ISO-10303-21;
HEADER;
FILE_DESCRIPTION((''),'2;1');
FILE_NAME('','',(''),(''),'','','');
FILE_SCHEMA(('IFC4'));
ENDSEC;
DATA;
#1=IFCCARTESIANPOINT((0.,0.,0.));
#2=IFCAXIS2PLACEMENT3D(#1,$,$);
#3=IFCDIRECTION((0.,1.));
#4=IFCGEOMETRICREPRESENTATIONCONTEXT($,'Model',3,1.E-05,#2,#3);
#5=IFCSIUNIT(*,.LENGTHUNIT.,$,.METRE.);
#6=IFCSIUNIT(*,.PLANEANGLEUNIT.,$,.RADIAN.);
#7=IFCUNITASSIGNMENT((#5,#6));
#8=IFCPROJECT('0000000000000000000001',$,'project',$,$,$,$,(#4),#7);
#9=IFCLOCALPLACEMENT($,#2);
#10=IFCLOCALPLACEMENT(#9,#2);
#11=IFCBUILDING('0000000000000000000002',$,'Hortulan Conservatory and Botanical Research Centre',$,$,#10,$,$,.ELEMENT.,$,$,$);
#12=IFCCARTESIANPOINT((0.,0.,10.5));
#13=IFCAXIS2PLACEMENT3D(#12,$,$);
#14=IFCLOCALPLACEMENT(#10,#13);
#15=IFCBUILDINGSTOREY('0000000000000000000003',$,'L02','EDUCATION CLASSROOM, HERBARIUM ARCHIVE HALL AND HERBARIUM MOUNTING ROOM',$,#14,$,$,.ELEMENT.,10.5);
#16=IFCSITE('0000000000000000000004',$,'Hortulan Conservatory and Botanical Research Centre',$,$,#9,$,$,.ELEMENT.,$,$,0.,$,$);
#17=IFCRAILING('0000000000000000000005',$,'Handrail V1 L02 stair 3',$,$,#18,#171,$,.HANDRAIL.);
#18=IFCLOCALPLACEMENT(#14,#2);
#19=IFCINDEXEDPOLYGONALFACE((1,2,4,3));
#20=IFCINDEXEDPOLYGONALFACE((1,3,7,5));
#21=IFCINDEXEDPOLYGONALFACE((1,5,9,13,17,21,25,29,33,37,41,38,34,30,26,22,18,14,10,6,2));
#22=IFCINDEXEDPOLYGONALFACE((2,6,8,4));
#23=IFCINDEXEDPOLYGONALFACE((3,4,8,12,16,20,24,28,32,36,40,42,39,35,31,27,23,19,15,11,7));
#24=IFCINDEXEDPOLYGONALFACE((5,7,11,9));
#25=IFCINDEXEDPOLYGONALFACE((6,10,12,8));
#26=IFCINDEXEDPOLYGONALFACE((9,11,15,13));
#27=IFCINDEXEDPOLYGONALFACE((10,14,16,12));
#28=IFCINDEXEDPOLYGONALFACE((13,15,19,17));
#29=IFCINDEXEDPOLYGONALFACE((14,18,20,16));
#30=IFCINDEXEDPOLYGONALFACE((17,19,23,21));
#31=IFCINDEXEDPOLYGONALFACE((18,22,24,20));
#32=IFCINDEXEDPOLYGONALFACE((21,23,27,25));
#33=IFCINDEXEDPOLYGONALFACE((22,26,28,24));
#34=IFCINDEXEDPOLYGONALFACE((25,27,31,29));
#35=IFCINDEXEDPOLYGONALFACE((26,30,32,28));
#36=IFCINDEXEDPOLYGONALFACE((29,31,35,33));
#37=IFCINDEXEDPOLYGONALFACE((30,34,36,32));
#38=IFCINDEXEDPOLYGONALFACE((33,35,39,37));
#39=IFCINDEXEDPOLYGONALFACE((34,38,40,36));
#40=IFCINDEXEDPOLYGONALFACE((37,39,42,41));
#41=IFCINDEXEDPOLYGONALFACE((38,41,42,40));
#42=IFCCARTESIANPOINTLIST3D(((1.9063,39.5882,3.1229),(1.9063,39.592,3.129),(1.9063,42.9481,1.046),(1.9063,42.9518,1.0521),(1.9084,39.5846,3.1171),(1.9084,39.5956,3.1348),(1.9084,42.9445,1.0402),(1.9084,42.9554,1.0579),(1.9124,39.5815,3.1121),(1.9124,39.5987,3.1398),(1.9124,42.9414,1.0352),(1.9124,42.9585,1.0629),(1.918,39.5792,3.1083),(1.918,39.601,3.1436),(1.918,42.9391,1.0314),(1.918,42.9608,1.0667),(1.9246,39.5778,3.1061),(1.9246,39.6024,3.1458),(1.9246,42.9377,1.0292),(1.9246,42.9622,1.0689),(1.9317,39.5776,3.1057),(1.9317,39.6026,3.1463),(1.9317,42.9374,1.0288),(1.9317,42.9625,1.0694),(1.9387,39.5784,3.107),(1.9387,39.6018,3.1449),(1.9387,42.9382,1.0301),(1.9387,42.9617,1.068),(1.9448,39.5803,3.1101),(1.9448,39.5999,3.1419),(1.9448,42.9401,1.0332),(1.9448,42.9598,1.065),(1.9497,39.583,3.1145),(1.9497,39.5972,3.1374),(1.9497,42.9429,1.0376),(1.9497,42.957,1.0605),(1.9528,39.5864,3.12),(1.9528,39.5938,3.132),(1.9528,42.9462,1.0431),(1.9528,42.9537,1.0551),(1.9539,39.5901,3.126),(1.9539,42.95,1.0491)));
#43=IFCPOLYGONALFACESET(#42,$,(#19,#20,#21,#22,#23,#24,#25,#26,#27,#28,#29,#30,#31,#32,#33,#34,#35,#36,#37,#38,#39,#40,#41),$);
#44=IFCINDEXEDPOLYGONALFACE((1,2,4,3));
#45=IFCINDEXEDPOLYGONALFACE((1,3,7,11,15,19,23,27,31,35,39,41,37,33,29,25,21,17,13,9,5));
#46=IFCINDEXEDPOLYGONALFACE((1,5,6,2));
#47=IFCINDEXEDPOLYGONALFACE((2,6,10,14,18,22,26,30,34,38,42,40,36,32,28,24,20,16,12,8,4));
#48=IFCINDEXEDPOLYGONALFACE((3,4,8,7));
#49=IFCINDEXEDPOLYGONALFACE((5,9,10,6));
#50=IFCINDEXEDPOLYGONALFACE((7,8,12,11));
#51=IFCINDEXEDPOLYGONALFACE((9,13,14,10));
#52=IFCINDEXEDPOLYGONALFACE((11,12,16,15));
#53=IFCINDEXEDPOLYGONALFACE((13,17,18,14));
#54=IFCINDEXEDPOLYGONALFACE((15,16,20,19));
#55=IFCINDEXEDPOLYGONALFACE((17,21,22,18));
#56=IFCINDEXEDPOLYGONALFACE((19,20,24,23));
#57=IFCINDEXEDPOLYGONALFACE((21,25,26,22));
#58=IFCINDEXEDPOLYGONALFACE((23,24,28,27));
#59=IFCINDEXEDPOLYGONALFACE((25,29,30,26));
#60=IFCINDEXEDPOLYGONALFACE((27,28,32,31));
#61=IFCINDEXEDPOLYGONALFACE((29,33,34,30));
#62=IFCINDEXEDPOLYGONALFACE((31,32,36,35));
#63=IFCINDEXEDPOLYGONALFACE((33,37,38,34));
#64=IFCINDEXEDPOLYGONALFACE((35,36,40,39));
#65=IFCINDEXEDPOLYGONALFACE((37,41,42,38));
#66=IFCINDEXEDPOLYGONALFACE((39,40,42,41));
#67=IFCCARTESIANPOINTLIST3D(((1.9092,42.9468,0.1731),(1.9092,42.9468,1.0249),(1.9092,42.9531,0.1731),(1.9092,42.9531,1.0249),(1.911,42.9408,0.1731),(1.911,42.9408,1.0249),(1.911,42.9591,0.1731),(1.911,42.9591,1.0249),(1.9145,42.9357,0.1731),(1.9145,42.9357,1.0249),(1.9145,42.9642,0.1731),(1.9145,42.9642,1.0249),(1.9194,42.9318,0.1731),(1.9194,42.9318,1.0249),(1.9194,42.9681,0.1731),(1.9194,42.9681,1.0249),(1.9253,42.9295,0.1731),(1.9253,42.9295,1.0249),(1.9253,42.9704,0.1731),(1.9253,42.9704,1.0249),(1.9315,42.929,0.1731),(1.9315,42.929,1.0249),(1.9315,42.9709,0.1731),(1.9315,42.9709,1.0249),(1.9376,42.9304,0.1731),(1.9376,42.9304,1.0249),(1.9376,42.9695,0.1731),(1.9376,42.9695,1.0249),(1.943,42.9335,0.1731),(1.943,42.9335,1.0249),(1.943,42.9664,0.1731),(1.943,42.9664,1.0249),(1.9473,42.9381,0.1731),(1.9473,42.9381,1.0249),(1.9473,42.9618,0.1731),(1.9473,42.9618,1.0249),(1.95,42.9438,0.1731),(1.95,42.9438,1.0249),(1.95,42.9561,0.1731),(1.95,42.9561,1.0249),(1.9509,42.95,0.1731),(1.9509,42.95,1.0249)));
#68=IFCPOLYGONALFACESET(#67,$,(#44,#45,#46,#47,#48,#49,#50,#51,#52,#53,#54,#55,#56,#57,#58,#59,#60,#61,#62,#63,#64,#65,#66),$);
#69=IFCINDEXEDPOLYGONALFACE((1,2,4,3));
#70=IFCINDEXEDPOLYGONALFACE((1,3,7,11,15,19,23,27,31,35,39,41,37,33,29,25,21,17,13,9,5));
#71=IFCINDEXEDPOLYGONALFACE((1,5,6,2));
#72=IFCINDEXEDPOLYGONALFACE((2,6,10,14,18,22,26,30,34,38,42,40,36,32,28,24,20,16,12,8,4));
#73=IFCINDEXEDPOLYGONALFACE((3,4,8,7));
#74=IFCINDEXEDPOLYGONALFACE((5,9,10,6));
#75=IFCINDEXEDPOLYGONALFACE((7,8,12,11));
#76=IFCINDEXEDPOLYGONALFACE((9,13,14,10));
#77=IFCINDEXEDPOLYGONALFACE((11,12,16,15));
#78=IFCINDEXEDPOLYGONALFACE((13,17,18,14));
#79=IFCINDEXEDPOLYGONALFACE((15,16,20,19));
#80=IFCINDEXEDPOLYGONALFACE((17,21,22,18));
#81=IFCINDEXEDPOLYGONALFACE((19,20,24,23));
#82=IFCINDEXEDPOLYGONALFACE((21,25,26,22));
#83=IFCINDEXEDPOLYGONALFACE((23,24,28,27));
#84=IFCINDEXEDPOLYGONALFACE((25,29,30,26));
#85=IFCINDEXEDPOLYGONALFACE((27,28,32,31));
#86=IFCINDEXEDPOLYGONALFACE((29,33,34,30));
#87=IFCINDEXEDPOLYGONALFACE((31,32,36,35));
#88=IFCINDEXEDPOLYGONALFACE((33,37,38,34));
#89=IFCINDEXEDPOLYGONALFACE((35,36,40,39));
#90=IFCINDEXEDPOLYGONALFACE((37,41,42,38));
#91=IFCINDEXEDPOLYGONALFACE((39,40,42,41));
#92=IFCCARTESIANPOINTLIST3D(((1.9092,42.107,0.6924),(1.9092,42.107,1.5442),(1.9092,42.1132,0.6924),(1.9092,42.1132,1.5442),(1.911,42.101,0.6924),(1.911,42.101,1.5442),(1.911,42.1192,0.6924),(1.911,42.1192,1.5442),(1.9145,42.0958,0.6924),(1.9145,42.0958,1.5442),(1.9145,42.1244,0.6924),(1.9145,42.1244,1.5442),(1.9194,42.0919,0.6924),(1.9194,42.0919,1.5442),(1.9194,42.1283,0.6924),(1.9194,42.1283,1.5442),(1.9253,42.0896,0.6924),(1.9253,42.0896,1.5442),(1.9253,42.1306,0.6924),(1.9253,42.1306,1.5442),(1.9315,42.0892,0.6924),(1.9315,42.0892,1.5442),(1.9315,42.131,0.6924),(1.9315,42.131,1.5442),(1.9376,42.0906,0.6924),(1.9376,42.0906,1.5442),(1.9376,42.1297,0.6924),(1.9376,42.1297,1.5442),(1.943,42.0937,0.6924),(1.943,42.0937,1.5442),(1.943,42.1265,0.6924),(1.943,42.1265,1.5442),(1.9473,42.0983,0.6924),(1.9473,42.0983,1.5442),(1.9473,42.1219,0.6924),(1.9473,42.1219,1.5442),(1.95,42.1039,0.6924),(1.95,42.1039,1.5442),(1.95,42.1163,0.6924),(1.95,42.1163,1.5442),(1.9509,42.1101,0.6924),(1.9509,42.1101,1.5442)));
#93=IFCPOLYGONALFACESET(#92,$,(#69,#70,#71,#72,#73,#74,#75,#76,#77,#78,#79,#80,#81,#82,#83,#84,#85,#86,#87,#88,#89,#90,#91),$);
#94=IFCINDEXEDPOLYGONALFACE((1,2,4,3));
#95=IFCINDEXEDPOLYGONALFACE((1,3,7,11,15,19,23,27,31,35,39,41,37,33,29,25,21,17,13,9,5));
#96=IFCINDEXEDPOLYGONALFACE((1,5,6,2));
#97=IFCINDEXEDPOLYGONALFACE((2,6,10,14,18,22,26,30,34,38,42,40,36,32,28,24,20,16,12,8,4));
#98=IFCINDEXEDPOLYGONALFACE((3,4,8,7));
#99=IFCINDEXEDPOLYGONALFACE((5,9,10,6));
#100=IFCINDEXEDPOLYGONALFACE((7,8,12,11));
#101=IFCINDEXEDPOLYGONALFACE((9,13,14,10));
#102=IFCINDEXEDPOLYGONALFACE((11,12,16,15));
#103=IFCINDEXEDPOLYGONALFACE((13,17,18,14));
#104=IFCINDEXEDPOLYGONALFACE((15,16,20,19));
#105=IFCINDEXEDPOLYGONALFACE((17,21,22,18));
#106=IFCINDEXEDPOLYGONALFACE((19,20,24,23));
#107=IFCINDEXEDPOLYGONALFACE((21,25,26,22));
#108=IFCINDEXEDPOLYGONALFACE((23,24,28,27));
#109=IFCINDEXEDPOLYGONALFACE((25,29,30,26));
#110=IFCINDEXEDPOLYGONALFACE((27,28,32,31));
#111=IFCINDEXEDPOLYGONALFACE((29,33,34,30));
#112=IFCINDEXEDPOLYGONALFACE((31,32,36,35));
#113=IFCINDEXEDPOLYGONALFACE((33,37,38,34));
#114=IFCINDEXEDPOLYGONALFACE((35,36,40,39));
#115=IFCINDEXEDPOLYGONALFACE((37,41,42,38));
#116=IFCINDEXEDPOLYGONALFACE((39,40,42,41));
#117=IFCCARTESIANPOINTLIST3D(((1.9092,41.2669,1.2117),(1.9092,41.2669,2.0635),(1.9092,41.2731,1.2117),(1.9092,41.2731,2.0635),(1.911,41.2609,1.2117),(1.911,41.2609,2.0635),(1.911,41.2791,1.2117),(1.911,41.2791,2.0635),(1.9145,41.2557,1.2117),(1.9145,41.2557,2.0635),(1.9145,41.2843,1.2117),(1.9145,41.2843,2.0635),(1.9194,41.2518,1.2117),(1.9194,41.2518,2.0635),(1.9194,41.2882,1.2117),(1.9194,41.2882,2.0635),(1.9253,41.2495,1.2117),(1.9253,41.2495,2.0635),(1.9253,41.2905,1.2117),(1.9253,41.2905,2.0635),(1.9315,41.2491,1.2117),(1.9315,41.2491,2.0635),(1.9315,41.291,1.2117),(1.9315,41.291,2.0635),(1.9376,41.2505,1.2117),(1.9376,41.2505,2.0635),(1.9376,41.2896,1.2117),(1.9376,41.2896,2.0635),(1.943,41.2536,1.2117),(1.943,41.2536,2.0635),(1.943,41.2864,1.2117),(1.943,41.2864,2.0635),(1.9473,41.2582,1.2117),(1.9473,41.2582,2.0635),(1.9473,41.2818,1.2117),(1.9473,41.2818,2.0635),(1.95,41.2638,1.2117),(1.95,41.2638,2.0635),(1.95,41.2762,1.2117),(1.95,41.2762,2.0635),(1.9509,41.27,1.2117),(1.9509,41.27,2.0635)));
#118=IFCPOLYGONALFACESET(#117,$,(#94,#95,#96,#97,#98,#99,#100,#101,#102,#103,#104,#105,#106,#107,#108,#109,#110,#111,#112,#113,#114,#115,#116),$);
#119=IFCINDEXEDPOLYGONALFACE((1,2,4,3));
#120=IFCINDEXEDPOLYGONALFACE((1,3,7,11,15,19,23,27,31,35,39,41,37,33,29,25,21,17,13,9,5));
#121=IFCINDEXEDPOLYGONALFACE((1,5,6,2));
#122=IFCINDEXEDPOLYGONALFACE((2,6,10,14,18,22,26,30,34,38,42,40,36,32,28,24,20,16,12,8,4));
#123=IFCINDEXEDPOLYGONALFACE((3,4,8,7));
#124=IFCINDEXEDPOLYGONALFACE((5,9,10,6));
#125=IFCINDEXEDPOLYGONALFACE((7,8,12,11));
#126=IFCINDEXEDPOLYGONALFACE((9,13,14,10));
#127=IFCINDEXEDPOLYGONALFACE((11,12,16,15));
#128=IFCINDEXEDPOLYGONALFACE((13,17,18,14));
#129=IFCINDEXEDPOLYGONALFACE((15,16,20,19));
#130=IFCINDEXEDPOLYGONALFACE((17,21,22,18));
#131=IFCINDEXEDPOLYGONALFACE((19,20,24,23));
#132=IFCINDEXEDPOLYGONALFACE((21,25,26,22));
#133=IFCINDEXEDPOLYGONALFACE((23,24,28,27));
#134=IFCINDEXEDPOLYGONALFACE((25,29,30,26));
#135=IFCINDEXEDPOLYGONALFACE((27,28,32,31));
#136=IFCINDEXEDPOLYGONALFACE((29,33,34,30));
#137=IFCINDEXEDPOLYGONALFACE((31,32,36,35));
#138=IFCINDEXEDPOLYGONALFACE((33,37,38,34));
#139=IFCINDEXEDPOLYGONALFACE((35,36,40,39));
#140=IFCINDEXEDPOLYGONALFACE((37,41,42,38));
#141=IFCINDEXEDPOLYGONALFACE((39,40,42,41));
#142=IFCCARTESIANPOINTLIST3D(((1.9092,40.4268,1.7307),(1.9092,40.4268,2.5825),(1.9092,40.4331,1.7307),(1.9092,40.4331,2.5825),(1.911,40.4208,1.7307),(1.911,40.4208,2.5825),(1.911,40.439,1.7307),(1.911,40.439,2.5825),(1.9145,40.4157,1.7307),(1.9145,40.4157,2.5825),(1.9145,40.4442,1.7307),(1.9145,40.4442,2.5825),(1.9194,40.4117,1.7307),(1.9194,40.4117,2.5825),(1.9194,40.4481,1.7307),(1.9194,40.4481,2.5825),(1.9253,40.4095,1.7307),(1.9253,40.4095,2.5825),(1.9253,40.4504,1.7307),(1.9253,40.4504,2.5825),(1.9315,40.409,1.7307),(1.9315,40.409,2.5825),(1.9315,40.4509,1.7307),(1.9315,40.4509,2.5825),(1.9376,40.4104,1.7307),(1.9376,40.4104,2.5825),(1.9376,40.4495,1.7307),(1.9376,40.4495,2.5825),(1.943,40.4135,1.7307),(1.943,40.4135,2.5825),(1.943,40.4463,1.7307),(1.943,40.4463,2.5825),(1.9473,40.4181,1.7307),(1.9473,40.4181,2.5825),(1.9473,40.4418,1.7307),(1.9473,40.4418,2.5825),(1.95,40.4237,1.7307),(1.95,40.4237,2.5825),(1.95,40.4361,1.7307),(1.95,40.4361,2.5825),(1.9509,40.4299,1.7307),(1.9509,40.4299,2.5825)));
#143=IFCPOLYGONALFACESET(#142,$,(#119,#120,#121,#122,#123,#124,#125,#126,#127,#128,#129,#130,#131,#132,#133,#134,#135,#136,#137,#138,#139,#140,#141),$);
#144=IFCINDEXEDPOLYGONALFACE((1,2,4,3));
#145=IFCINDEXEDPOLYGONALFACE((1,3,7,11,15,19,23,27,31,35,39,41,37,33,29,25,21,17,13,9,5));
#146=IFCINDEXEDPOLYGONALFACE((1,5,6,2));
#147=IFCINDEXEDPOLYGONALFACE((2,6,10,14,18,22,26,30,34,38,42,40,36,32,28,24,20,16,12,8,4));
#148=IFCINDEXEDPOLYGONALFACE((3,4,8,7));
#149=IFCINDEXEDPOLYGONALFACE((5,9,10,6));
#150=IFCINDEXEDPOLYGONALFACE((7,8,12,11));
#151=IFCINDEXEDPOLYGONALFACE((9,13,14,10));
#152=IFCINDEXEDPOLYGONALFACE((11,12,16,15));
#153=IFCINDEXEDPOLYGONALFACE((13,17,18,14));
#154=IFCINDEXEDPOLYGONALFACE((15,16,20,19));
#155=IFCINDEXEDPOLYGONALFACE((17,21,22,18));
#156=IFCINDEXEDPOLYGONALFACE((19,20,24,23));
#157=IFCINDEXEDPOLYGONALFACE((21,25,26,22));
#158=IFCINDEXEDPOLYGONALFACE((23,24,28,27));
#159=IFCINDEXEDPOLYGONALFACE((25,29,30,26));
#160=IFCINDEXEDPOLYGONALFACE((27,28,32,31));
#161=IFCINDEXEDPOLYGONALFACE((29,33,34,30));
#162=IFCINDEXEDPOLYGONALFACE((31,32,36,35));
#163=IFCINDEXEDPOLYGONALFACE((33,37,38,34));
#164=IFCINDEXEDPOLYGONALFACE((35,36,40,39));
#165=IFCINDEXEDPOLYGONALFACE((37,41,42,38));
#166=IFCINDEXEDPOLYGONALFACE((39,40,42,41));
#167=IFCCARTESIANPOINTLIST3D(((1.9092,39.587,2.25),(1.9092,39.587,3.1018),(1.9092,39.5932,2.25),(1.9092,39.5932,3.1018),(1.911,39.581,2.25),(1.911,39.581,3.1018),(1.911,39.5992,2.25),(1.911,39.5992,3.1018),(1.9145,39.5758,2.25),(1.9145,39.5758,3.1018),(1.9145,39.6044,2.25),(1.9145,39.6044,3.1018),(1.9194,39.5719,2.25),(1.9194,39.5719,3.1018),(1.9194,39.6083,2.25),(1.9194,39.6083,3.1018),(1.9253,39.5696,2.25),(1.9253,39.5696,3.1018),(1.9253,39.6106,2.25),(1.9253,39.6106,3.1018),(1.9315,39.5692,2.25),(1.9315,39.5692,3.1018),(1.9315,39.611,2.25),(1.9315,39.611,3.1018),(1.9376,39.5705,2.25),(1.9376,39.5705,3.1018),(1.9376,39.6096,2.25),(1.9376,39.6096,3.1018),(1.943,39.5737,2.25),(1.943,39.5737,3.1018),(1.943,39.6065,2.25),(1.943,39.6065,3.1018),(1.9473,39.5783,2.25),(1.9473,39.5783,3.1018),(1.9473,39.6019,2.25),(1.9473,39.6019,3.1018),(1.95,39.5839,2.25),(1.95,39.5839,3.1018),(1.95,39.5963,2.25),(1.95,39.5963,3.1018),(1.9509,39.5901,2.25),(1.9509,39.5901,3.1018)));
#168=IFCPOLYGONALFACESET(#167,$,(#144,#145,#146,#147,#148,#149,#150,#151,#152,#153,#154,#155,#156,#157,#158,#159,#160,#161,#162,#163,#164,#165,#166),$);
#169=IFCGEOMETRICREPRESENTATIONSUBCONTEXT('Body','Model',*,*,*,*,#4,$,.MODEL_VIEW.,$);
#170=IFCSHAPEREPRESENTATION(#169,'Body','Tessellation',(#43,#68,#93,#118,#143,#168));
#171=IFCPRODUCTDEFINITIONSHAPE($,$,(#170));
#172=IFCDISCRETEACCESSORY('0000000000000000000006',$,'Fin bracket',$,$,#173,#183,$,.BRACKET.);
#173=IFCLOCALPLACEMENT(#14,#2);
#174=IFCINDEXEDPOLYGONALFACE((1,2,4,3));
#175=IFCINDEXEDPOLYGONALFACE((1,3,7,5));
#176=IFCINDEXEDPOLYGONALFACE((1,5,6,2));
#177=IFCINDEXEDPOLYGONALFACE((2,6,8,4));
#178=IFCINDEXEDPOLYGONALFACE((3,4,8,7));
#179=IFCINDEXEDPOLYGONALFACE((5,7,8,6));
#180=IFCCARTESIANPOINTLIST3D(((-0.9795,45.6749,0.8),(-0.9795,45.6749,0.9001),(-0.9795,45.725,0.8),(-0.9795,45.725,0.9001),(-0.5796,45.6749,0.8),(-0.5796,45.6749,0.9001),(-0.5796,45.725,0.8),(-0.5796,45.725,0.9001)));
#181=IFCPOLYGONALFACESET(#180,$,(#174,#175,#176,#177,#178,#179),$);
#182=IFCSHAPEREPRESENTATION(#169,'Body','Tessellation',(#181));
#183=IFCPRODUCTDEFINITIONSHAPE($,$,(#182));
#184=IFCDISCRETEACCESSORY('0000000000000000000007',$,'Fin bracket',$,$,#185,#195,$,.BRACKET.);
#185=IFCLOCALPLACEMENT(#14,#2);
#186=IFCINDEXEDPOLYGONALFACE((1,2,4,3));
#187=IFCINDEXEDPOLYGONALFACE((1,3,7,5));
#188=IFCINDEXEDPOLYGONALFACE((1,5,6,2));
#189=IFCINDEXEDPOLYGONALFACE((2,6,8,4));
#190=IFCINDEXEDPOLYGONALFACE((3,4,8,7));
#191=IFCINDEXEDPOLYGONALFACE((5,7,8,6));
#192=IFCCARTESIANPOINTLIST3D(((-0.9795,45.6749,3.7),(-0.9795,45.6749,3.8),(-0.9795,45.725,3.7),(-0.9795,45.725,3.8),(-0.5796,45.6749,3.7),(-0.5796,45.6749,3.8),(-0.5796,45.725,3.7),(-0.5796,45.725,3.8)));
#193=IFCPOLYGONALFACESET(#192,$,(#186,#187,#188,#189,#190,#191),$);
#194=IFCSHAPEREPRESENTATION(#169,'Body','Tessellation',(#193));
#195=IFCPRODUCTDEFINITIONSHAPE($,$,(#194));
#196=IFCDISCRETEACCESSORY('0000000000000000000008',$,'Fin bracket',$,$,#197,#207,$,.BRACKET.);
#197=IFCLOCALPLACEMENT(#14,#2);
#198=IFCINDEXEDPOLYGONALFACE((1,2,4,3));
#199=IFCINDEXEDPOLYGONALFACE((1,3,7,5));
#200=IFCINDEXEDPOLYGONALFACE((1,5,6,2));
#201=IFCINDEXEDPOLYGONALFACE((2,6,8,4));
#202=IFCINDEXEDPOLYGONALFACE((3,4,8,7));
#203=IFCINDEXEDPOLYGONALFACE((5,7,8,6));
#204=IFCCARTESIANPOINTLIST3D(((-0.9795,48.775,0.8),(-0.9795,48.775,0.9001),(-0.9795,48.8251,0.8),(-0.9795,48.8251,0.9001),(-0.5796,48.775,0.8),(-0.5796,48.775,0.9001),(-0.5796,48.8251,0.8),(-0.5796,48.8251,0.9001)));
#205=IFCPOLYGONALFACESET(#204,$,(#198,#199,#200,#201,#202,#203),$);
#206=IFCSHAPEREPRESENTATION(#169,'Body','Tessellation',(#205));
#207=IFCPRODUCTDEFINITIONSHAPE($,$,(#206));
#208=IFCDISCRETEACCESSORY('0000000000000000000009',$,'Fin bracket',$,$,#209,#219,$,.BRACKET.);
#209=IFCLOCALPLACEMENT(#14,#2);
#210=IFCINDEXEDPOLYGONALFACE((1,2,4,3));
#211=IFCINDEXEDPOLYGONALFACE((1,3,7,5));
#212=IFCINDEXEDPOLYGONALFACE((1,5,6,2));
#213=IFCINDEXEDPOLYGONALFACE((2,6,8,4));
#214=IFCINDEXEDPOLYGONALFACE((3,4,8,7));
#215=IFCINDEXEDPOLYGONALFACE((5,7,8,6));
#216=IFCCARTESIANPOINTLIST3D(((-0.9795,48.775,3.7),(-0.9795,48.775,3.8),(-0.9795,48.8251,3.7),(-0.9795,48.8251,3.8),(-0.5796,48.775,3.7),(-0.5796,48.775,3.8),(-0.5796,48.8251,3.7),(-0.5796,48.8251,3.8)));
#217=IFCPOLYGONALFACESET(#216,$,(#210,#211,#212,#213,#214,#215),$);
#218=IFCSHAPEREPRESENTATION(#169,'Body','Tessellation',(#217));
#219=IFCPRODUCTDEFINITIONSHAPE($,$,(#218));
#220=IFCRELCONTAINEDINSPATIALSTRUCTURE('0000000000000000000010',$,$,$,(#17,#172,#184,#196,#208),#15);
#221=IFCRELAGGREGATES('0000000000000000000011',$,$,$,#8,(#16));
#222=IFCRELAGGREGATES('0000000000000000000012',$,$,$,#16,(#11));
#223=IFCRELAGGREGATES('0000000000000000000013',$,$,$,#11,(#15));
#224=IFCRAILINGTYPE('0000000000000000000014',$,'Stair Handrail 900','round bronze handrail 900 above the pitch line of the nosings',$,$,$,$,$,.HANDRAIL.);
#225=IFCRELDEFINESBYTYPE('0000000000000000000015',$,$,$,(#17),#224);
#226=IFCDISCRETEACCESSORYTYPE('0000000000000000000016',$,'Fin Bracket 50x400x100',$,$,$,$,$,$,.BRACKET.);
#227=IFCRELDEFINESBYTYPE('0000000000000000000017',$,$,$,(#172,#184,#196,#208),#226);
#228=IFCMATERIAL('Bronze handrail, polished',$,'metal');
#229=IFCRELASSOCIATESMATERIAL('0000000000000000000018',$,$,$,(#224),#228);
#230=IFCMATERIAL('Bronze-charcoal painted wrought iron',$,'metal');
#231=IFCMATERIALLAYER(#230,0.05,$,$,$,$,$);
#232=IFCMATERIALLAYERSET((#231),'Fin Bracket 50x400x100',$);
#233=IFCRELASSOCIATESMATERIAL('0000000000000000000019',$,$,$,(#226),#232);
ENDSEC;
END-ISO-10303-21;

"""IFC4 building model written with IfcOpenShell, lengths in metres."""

from ifc_helpers import new_model, si_unit, direction, frame, origin, origin_2d, place, context, subcontext, project, spatial, rectangle, circle, extrude, material, layer, layer_set, type_object, element, save


model = new_model("IFC4")

# Units and contexts
model_context = context("Model", 3, precision=1e-05, world=origin(), true_north=direction((0.0, 1.0)))
body_context = subcontext(model_context, "Body", "Model", "MODEL_VIEW")
ifc_project = project(units=[si_unit("LENGTHUNIT", "METRE"), si_unit("PLANEANGLEUNIT", "RADIAN")], contexts=[model_context])

# Site, building, storey
site_placement = place(None, origin())
site = spatial("IfcSite", under=ifc_project, at=site_placement, Name="Hortulan Conservatory and Botanical Research Centre", CompositionType="ELEMENT", RefElevation=0.0)
building_placement = place(site_placement, origin())
building = spatial("IfcBuilding", under=site, at=building_placement, Name="Hortulan Conservatory and Botanical Research Centre", CompositionType="ELEMENT")
storey_placement = place(building_placement, frame((0.0, 0.0, 10.5)))
storey = spatial("IfcBuildingStorey", under=building, at=storey_placement, Name="L02", Description="EDUCATION CLASSROOM, HERBARIUM ARCHIVE HALL AND HERBARIUM MOUNTING ROOM", CompositionType="ELEMENT", Elevation=10.5)

# Railing
ifc_material_1 = material(Name="Bronze handrail, polished", Category="metal")
railing_type_1 = type_object("IfcRailingType", Name="Stair Handrail 900", Description="round bronze handrail 900 above the pitch line of the nosings", PredefinedType="HANDRAIL", material=ifc_material_1)
railing_1_placement = place(storey_placement, frame((1.9299, 42.95, 0.1731)))
element("IfcRailing", 1, at=railing_1_placement, inside=storey, type_object=railing_type_1, Name="Handrail V1 L02 stair 3", PredefinedType="HANDRAIL", context=body_context, shape_type="SweptSolid", body=[
    extrude(circle(Radius=0.0239, at=origin_2d()), frame((0.0, 0.0, 0.876), z_axis=(0.0, -0.850606, 0.525803), x_axis=(1.0, 0.0, 0.0)), (0.0, 0.0, 1.0), 3.95),
    extrude(circle(Radius=0.021, at=origin_2d()), origin(), (0.0, 0.0, 1.0), 0.8518),
    extrude(circle(Radius=0.021, at=origin_2d()), frame((0.0, -0.8398, 0.5193)), (0.0, 0.0, 1.0), 0.8518),
    extrude(circle(Radius=0.021, at=origin_2d()), frame((0.0, -1.6799, 1.0386)), (0.0, 0.0, 1.0), 0.8518),
    extrude(circle(Radius=0.021, at=origin_2d()), frame((0.0, -2.52, 1.5576)), (0.0, 0.0, 1.0), 0.8518),
    extrude(circle(Radius=0.021, at=origin_2d()), frame((0.0, -3.3599, 2.0769)), (0.0, 0.0, 1.0), 0.8518),
])

# Discrete accessories
ifc_material_2 = material(Name="Bronze-charcoal painted wrought iron", Category="metal")
ifc_layer_1 = layer(ifc_material_2, 0.05)
ifc_layer_set_1 = layer_set([ifc_layer_1], Name="Fin Bracket 50x400x100")
discrete_accessory_type = type_object("IfcDiscreteAccessoryType", Name="Fin Bracket 50x400x100", PredefinedType="BRACKET", material=ifc_layer_set_1)
for number, where, z_axis, x_axis, name in (
    (2, (-0.7795, 45.7, 0.8), (0.0, 0.0, 1.0), (0.0, 1.0, 0.0), "Fin bracket"),
    (3, (-0.7795, 45.7, 3.7), (0.0, 0.0, 1.0), (0.0, 1.0, 0.0), "Fin bracket"),
    (4, (-0.7795, 48.8, 0.8), (0.0, 0.0, 1.0), (0.0, 1.0, 0.0), "Fin bracket"),
    (5, (-0.7795, 48.8, 3.7), (0.0, 0.0, 1.0), (0.0, 1.0, 0.0), "Fin bracket"),
):
    element("IfcDiscreteAccessory", number, at=place(storey_placement, frame(where, z_axis=z_axis, x_axis=x_axis)), inside=storey, type_object=discrete_accessory_type, Name=name, PredefinedType="BRACKET", context=body_context, shape_type="SweptSolid", body=[
        extrude(rectangle(XDim=0.05, YDim=0.3999, at=origin_2d()), origin(), (0.0, 0.0, 1.0), 0.1001),
    ])

save(model, "model.ifc")
